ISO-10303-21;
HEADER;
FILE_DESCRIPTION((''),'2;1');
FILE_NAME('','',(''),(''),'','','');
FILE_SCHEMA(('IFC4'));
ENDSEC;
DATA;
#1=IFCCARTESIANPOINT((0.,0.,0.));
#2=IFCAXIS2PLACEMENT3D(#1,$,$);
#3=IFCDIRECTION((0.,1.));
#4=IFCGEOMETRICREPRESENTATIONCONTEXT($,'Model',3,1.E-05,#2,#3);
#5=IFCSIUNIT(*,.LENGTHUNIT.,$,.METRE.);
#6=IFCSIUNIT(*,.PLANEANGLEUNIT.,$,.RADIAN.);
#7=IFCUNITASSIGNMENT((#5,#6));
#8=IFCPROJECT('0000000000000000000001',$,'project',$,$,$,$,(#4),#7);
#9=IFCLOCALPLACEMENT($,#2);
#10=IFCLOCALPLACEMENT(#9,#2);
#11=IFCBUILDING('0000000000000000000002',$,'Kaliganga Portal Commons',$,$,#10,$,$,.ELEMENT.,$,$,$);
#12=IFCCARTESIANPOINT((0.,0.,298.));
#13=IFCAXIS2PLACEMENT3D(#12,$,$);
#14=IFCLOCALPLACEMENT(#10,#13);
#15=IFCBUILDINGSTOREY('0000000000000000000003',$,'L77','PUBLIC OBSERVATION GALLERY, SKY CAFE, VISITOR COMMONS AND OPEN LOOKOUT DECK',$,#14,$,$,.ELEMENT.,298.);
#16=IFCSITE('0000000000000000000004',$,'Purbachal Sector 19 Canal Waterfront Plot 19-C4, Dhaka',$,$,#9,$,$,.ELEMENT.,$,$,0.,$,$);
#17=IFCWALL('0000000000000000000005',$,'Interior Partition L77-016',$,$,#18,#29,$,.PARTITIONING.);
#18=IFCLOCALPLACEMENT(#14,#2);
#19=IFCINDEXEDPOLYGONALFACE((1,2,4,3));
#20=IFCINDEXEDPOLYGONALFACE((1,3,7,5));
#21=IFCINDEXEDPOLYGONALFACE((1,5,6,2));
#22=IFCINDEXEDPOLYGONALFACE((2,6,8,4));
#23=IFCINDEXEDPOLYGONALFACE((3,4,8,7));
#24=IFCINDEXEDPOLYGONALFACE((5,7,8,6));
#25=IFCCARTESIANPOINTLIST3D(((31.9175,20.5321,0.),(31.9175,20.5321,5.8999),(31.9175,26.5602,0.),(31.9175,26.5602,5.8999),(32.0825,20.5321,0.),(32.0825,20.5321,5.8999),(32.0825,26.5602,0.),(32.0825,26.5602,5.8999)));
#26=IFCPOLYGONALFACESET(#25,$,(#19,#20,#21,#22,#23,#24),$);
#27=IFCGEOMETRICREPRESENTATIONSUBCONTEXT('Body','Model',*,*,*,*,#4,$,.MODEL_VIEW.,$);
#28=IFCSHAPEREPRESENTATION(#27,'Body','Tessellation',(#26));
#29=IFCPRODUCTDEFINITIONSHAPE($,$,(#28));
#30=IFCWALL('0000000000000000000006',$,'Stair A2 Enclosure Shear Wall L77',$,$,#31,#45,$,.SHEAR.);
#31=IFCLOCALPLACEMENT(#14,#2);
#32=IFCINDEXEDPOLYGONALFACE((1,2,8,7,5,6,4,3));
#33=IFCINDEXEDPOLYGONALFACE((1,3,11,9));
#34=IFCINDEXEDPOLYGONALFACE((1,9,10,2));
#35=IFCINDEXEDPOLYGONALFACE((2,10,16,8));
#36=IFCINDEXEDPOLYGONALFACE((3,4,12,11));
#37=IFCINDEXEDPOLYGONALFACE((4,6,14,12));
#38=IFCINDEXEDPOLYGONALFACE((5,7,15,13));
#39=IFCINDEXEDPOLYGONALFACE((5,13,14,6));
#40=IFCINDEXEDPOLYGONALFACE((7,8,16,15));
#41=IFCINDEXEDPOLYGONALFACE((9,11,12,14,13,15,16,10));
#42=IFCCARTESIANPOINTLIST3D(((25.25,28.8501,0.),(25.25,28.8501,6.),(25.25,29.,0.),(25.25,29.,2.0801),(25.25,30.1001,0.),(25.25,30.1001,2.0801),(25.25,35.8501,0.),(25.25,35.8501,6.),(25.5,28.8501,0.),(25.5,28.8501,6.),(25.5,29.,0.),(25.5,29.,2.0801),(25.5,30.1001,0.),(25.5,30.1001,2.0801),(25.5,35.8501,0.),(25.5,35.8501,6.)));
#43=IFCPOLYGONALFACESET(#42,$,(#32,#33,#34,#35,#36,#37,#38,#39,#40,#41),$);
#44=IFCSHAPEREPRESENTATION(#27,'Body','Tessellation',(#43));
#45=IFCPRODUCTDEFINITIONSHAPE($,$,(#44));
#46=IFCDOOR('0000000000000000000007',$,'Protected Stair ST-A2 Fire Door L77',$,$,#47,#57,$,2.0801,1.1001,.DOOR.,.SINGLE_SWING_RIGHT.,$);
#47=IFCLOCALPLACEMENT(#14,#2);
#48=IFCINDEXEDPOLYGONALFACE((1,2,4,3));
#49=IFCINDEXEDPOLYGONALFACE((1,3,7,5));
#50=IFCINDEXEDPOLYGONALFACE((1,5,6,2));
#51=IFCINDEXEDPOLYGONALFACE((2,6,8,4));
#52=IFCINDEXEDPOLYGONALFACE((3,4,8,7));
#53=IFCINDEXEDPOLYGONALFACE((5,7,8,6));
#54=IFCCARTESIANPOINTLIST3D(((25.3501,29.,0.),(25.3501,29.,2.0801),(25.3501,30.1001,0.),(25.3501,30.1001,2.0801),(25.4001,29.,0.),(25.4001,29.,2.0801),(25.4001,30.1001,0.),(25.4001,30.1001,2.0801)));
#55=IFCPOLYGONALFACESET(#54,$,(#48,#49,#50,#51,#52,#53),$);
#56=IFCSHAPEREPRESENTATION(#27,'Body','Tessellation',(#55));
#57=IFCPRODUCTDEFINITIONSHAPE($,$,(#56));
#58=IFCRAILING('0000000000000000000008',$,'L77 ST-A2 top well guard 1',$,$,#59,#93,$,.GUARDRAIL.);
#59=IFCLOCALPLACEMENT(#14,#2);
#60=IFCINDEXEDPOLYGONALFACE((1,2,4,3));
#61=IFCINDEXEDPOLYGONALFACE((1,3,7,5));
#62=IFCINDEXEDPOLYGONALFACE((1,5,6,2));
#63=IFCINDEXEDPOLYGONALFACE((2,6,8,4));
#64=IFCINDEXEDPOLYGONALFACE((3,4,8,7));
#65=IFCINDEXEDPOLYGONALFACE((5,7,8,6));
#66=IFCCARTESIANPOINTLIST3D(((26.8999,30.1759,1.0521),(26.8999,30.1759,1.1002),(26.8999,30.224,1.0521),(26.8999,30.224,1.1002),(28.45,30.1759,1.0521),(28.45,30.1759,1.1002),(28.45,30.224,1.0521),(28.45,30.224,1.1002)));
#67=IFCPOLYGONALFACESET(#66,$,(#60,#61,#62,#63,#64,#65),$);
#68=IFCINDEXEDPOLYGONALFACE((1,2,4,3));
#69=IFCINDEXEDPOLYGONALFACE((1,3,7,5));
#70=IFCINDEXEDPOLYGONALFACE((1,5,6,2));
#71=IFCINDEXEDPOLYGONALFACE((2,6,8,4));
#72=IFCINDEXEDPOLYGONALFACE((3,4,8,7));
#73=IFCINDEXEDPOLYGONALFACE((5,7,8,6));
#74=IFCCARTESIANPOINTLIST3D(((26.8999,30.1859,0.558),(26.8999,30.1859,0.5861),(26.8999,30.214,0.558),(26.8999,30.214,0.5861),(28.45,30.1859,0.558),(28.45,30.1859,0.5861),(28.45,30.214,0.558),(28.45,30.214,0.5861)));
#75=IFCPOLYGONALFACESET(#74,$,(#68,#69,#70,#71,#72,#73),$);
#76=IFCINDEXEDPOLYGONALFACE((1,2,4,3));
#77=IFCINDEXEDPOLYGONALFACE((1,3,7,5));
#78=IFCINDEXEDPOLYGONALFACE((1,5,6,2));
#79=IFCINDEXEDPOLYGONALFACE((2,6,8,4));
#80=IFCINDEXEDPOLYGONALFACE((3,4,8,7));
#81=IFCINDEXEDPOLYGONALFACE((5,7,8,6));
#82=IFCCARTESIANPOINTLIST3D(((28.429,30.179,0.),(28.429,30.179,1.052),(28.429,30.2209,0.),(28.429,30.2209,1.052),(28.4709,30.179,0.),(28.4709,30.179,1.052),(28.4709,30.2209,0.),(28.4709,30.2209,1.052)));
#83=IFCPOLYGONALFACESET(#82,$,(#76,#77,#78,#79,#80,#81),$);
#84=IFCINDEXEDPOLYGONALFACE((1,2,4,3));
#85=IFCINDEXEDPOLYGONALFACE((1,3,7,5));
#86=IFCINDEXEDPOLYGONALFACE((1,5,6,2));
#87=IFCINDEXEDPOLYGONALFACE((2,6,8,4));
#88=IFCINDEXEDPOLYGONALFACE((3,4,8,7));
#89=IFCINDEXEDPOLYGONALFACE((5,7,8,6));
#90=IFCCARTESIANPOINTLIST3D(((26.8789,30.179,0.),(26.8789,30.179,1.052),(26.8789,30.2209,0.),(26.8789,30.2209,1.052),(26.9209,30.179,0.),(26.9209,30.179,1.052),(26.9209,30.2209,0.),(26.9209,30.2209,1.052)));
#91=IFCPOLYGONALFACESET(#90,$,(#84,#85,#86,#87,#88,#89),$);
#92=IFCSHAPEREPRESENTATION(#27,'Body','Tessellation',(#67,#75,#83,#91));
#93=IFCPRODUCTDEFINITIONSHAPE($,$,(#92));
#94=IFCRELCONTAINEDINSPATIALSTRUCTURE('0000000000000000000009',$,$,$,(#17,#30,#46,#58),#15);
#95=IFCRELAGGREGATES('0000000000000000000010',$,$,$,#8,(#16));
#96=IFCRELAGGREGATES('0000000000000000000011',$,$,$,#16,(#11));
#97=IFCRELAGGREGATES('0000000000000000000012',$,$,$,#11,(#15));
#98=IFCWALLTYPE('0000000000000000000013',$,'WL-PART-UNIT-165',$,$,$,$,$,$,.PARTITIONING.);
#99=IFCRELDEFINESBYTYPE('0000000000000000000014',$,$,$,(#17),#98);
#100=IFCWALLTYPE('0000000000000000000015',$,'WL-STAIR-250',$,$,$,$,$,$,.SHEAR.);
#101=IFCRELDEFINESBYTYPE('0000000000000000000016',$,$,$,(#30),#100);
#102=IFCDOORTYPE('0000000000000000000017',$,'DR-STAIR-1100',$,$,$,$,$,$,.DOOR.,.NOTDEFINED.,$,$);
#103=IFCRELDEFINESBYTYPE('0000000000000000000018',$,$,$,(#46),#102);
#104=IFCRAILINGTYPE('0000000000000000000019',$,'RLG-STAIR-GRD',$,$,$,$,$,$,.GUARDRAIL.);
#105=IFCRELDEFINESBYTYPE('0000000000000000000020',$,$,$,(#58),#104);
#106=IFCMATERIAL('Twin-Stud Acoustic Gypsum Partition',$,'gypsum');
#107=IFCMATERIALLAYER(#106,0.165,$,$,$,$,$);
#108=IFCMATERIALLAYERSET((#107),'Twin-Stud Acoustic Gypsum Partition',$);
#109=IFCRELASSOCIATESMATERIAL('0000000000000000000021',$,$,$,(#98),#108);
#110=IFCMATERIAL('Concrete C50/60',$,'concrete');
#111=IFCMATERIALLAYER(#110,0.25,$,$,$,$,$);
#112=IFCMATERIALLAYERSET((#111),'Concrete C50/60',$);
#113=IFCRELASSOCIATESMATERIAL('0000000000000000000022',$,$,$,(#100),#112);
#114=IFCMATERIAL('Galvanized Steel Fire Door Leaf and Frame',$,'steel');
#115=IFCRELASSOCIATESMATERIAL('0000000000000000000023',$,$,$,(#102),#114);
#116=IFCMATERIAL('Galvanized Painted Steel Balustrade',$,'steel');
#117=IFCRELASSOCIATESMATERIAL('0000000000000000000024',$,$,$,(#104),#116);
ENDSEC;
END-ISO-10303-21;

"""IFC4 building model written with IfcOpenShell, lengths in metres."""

from ifc_helpers import new_model, si_unit, direction, frame, frame_2d, origin, origin_2d, place, context, subcontext, project, spatial, rectangle, extrude, material, layer, layer_set, type_object, element, fill, save


model = new_model("IFC4")

# Units and contexts
model_context = context("Model", 3, precision=1e-05, world=origin(), true_north=direction((0.0, 1.0)))
body_context = subcontext(model_context, "Body", "Model", "MODEL_VIEW")
ifc_project = project(units=[si_unit("LENGTHUNIT", "METRE"), si_unit("PLANEANGLEUNIT", "RADIAN")], contexts=[model_context])

# Site, building, storey
site_placement = place(None, origin())
site = spatial("IfcSite", under=ifc_project, at=site_placement, Name="Purbachal Sector 19 Canal Waterfront Plot 19-C4, Dhaka", CompositionType="ELEMENT", RefElevation=0.0)
building_placement = place(site_placement, origin())
building = spatial("IfcBuilding", under=site, at=building_placement, Name="Kaliganga Portal Commons", CompositionType="ELEMENT")
storey_placement = place(building_placement, frame((0.0, 0.0, 298.0)))
storey = spatial("IfcBuildingStorey", under=building, at=storey_placement, Name="L77", Description="PUBLIC OBSERVATION GALLERY, SKY CAFE, VISITOR COMMONS AND OPEN LOOKOUT DECK", CompositionType="ELEMENT", Elevation=298.0)

# Shared definitions
ifc_material_1 = material(Name="Concrete C50/60", Category="concrete")

# Wall
ifc_material_2 = material(Name="Twin-Stud Acoustic Gypsum Partition", Category="gypsum")
ifc_layer_1 = layer(ifc_material_2, 0.165)
ifc_layer_set_1 = layer_set([ifc_layer_1], Name="Twin-Stud Acoustic Gypsum Partition")
wall_type_1 = type_object("IfcWallType", Name="WL-PART-UNIT-165", PredefinedType="PARTITIONING", material=ifc_layer_set_1)
wall_1_placement = place(storey_placement, frame((32.0, 20.532, 0.0), z_axis=(0.0, 0.0, 1.0), x_axis=(0.0, 1.0, 0.0)))
element("IfcWall", 1, at=wall_1_placement, inside=storey, type_object=wall_type_1, Name="Interior Partition L77-016", PredefinedType="PARTITIONING", context=body_context, shape_type="SweptSolid", body=[
    extrude(rectangle(XDim=6.0281, YDim=0.165, at=frame_2d((3.0142, 0.0))), origin(), (0.0, 0.0, 1.0), 5.8999),
])

# Wall, opening, door
ifc_layer_2 = layer(ifc_material_1, 0.25)
ifc_layer_set_2 = layer_set([ifc_layer_2], Name="Concrete C50/60")
wall_type_2 = type_object("IfcWallType", Name="WL-STAIR-250", PredefinedType="SHEAR", material=ifc_layer_set_2)
wall_2_placement = place(storey_placement, frame((25.375, 28.8501, 0.0), z_axis=(0.0, 0.0, 1.0), x_axis=(0.0, 1.0, 0.0)))
wall_2 = element("IfcWall", 2, at=wall_2_placement, inside=storey, type_object=wall_type_2, Name="Stair A2 Enclosure Shear Wall L77", PredefinedType="SHEAR", context=body_context, shape_type="SweptSolid", body=[
    extrude(rectangle(XDim=7.0, YDim=0.25, at=frame_2d((3.5, 0.0))), origin(), (0.0, 0.0, 1.0), 6.0),
])
opening_1_placement = place(wall_2_placement, frame((0.1499, 0.0, 0.0)))
opening_1 = element("IfcOpeningElement", 3, at=opening_1_placement, cuts=wall_2, PredefinedType="OPENING", context=body_context, shape_type="SweptSolid", body=[
    extrude(rectangle(XDim=1.1001, YDim=2.0801, at=frame_2d((0.55, 1.04))), frame((0.0, 0.135, 0.0), z_axis=(0.0, -1.0, 0.0), x_axis=(1.0, 0.0, 0.0)), (0.0, 0.0, 1.0), 0.27),
])
ifc_material_3 = material(Name="Galvanized Steel Fire Door Leaf and Frame", Category="steel")
door_type_1 = type_object("IfcDoorType", Name="DR-STAIR-1100", OperationType="NOTDEFINED", PredefinedType="DOOR", material=ifc_material_3)
door_1_placement = place(opening_1_placement, origin())
door_1 = element("IfcDoor", 4, at=door_1_placement, inside=storey, type_object=door_type_1, Name="Protected Stair ST-A2 Fire Door L77", OperationType="SINGLE_SWING_RIGHT", OverallHeight=2.0801, OverallWidth=1.1001, PredefinedType="DOOR", context=body_context, shape_type="SweptSolid", body=[
    extrude(rectangle(XDim=1.1001, YDim=2.0801, at=frame_2d((0.55, 1.04))), frame((0.0, 0.0249, 0.0), z_axis=(0.0, -1.0, 0.0), x_axis=(1.0, 0.0, 0.0)), (0.0, 0.0, 1.0), 0.05),
])
fill(opening_1, door_1)

# Railing
ifc_material_4 = material(Name="Galvanized Painted Steel Balustrade", Category="steel")
railing_type = type_object("IfcRailingType", Name="RLG-STAIR-GRD", PredefinedType="GUARDRAIL", material=ifc_material_4)
railing_placement = place(storey_placement, frame((28.45, 30.2, 0.0)))
element("IfcRailing", 5, at=railing_placement, inside=storey, type_object=railing_type, Name="L77 ST-A2 top well guard 1", PredefinedType="GUARDRAIL", context=body_context, shape_type="SweptSolid", body=[
    extrude(rectangle(XDim=0.0481, YDim=0.0481, at=origin_2d()), frame((0.0, 0.0, 1.0762), z_axis=(-1.0, 0.0, 0.0), x_axis=(0.0, -1.0, 0.0)), (0.0, 0.0, 1.0), 1.55),
    extrude(rectangle(XDim=0.0281, YDim=0.0281, at=origin_2d()), frame((0.0, 0.0, 0.572), z_axis=(-1.0, 0.0, 0.0), x_axis=(0.0, -1.0, 0.0)), (0.0, 0.0, 1.0), 1.55),
    extrude(rectangle(XDim=0.042, YDim=0.042, at=origin_2d()), origin(), (0.0, 0.0, 1.0), 1.052),
    extrude(rectangle(XDim=0.042, YDim=0.042, at=origin_2d()), frame((-1.55, 0.0, 0.0)), (0.0, 0.0, 1.0), 1.052),
])

save(model, "model.ifc")
